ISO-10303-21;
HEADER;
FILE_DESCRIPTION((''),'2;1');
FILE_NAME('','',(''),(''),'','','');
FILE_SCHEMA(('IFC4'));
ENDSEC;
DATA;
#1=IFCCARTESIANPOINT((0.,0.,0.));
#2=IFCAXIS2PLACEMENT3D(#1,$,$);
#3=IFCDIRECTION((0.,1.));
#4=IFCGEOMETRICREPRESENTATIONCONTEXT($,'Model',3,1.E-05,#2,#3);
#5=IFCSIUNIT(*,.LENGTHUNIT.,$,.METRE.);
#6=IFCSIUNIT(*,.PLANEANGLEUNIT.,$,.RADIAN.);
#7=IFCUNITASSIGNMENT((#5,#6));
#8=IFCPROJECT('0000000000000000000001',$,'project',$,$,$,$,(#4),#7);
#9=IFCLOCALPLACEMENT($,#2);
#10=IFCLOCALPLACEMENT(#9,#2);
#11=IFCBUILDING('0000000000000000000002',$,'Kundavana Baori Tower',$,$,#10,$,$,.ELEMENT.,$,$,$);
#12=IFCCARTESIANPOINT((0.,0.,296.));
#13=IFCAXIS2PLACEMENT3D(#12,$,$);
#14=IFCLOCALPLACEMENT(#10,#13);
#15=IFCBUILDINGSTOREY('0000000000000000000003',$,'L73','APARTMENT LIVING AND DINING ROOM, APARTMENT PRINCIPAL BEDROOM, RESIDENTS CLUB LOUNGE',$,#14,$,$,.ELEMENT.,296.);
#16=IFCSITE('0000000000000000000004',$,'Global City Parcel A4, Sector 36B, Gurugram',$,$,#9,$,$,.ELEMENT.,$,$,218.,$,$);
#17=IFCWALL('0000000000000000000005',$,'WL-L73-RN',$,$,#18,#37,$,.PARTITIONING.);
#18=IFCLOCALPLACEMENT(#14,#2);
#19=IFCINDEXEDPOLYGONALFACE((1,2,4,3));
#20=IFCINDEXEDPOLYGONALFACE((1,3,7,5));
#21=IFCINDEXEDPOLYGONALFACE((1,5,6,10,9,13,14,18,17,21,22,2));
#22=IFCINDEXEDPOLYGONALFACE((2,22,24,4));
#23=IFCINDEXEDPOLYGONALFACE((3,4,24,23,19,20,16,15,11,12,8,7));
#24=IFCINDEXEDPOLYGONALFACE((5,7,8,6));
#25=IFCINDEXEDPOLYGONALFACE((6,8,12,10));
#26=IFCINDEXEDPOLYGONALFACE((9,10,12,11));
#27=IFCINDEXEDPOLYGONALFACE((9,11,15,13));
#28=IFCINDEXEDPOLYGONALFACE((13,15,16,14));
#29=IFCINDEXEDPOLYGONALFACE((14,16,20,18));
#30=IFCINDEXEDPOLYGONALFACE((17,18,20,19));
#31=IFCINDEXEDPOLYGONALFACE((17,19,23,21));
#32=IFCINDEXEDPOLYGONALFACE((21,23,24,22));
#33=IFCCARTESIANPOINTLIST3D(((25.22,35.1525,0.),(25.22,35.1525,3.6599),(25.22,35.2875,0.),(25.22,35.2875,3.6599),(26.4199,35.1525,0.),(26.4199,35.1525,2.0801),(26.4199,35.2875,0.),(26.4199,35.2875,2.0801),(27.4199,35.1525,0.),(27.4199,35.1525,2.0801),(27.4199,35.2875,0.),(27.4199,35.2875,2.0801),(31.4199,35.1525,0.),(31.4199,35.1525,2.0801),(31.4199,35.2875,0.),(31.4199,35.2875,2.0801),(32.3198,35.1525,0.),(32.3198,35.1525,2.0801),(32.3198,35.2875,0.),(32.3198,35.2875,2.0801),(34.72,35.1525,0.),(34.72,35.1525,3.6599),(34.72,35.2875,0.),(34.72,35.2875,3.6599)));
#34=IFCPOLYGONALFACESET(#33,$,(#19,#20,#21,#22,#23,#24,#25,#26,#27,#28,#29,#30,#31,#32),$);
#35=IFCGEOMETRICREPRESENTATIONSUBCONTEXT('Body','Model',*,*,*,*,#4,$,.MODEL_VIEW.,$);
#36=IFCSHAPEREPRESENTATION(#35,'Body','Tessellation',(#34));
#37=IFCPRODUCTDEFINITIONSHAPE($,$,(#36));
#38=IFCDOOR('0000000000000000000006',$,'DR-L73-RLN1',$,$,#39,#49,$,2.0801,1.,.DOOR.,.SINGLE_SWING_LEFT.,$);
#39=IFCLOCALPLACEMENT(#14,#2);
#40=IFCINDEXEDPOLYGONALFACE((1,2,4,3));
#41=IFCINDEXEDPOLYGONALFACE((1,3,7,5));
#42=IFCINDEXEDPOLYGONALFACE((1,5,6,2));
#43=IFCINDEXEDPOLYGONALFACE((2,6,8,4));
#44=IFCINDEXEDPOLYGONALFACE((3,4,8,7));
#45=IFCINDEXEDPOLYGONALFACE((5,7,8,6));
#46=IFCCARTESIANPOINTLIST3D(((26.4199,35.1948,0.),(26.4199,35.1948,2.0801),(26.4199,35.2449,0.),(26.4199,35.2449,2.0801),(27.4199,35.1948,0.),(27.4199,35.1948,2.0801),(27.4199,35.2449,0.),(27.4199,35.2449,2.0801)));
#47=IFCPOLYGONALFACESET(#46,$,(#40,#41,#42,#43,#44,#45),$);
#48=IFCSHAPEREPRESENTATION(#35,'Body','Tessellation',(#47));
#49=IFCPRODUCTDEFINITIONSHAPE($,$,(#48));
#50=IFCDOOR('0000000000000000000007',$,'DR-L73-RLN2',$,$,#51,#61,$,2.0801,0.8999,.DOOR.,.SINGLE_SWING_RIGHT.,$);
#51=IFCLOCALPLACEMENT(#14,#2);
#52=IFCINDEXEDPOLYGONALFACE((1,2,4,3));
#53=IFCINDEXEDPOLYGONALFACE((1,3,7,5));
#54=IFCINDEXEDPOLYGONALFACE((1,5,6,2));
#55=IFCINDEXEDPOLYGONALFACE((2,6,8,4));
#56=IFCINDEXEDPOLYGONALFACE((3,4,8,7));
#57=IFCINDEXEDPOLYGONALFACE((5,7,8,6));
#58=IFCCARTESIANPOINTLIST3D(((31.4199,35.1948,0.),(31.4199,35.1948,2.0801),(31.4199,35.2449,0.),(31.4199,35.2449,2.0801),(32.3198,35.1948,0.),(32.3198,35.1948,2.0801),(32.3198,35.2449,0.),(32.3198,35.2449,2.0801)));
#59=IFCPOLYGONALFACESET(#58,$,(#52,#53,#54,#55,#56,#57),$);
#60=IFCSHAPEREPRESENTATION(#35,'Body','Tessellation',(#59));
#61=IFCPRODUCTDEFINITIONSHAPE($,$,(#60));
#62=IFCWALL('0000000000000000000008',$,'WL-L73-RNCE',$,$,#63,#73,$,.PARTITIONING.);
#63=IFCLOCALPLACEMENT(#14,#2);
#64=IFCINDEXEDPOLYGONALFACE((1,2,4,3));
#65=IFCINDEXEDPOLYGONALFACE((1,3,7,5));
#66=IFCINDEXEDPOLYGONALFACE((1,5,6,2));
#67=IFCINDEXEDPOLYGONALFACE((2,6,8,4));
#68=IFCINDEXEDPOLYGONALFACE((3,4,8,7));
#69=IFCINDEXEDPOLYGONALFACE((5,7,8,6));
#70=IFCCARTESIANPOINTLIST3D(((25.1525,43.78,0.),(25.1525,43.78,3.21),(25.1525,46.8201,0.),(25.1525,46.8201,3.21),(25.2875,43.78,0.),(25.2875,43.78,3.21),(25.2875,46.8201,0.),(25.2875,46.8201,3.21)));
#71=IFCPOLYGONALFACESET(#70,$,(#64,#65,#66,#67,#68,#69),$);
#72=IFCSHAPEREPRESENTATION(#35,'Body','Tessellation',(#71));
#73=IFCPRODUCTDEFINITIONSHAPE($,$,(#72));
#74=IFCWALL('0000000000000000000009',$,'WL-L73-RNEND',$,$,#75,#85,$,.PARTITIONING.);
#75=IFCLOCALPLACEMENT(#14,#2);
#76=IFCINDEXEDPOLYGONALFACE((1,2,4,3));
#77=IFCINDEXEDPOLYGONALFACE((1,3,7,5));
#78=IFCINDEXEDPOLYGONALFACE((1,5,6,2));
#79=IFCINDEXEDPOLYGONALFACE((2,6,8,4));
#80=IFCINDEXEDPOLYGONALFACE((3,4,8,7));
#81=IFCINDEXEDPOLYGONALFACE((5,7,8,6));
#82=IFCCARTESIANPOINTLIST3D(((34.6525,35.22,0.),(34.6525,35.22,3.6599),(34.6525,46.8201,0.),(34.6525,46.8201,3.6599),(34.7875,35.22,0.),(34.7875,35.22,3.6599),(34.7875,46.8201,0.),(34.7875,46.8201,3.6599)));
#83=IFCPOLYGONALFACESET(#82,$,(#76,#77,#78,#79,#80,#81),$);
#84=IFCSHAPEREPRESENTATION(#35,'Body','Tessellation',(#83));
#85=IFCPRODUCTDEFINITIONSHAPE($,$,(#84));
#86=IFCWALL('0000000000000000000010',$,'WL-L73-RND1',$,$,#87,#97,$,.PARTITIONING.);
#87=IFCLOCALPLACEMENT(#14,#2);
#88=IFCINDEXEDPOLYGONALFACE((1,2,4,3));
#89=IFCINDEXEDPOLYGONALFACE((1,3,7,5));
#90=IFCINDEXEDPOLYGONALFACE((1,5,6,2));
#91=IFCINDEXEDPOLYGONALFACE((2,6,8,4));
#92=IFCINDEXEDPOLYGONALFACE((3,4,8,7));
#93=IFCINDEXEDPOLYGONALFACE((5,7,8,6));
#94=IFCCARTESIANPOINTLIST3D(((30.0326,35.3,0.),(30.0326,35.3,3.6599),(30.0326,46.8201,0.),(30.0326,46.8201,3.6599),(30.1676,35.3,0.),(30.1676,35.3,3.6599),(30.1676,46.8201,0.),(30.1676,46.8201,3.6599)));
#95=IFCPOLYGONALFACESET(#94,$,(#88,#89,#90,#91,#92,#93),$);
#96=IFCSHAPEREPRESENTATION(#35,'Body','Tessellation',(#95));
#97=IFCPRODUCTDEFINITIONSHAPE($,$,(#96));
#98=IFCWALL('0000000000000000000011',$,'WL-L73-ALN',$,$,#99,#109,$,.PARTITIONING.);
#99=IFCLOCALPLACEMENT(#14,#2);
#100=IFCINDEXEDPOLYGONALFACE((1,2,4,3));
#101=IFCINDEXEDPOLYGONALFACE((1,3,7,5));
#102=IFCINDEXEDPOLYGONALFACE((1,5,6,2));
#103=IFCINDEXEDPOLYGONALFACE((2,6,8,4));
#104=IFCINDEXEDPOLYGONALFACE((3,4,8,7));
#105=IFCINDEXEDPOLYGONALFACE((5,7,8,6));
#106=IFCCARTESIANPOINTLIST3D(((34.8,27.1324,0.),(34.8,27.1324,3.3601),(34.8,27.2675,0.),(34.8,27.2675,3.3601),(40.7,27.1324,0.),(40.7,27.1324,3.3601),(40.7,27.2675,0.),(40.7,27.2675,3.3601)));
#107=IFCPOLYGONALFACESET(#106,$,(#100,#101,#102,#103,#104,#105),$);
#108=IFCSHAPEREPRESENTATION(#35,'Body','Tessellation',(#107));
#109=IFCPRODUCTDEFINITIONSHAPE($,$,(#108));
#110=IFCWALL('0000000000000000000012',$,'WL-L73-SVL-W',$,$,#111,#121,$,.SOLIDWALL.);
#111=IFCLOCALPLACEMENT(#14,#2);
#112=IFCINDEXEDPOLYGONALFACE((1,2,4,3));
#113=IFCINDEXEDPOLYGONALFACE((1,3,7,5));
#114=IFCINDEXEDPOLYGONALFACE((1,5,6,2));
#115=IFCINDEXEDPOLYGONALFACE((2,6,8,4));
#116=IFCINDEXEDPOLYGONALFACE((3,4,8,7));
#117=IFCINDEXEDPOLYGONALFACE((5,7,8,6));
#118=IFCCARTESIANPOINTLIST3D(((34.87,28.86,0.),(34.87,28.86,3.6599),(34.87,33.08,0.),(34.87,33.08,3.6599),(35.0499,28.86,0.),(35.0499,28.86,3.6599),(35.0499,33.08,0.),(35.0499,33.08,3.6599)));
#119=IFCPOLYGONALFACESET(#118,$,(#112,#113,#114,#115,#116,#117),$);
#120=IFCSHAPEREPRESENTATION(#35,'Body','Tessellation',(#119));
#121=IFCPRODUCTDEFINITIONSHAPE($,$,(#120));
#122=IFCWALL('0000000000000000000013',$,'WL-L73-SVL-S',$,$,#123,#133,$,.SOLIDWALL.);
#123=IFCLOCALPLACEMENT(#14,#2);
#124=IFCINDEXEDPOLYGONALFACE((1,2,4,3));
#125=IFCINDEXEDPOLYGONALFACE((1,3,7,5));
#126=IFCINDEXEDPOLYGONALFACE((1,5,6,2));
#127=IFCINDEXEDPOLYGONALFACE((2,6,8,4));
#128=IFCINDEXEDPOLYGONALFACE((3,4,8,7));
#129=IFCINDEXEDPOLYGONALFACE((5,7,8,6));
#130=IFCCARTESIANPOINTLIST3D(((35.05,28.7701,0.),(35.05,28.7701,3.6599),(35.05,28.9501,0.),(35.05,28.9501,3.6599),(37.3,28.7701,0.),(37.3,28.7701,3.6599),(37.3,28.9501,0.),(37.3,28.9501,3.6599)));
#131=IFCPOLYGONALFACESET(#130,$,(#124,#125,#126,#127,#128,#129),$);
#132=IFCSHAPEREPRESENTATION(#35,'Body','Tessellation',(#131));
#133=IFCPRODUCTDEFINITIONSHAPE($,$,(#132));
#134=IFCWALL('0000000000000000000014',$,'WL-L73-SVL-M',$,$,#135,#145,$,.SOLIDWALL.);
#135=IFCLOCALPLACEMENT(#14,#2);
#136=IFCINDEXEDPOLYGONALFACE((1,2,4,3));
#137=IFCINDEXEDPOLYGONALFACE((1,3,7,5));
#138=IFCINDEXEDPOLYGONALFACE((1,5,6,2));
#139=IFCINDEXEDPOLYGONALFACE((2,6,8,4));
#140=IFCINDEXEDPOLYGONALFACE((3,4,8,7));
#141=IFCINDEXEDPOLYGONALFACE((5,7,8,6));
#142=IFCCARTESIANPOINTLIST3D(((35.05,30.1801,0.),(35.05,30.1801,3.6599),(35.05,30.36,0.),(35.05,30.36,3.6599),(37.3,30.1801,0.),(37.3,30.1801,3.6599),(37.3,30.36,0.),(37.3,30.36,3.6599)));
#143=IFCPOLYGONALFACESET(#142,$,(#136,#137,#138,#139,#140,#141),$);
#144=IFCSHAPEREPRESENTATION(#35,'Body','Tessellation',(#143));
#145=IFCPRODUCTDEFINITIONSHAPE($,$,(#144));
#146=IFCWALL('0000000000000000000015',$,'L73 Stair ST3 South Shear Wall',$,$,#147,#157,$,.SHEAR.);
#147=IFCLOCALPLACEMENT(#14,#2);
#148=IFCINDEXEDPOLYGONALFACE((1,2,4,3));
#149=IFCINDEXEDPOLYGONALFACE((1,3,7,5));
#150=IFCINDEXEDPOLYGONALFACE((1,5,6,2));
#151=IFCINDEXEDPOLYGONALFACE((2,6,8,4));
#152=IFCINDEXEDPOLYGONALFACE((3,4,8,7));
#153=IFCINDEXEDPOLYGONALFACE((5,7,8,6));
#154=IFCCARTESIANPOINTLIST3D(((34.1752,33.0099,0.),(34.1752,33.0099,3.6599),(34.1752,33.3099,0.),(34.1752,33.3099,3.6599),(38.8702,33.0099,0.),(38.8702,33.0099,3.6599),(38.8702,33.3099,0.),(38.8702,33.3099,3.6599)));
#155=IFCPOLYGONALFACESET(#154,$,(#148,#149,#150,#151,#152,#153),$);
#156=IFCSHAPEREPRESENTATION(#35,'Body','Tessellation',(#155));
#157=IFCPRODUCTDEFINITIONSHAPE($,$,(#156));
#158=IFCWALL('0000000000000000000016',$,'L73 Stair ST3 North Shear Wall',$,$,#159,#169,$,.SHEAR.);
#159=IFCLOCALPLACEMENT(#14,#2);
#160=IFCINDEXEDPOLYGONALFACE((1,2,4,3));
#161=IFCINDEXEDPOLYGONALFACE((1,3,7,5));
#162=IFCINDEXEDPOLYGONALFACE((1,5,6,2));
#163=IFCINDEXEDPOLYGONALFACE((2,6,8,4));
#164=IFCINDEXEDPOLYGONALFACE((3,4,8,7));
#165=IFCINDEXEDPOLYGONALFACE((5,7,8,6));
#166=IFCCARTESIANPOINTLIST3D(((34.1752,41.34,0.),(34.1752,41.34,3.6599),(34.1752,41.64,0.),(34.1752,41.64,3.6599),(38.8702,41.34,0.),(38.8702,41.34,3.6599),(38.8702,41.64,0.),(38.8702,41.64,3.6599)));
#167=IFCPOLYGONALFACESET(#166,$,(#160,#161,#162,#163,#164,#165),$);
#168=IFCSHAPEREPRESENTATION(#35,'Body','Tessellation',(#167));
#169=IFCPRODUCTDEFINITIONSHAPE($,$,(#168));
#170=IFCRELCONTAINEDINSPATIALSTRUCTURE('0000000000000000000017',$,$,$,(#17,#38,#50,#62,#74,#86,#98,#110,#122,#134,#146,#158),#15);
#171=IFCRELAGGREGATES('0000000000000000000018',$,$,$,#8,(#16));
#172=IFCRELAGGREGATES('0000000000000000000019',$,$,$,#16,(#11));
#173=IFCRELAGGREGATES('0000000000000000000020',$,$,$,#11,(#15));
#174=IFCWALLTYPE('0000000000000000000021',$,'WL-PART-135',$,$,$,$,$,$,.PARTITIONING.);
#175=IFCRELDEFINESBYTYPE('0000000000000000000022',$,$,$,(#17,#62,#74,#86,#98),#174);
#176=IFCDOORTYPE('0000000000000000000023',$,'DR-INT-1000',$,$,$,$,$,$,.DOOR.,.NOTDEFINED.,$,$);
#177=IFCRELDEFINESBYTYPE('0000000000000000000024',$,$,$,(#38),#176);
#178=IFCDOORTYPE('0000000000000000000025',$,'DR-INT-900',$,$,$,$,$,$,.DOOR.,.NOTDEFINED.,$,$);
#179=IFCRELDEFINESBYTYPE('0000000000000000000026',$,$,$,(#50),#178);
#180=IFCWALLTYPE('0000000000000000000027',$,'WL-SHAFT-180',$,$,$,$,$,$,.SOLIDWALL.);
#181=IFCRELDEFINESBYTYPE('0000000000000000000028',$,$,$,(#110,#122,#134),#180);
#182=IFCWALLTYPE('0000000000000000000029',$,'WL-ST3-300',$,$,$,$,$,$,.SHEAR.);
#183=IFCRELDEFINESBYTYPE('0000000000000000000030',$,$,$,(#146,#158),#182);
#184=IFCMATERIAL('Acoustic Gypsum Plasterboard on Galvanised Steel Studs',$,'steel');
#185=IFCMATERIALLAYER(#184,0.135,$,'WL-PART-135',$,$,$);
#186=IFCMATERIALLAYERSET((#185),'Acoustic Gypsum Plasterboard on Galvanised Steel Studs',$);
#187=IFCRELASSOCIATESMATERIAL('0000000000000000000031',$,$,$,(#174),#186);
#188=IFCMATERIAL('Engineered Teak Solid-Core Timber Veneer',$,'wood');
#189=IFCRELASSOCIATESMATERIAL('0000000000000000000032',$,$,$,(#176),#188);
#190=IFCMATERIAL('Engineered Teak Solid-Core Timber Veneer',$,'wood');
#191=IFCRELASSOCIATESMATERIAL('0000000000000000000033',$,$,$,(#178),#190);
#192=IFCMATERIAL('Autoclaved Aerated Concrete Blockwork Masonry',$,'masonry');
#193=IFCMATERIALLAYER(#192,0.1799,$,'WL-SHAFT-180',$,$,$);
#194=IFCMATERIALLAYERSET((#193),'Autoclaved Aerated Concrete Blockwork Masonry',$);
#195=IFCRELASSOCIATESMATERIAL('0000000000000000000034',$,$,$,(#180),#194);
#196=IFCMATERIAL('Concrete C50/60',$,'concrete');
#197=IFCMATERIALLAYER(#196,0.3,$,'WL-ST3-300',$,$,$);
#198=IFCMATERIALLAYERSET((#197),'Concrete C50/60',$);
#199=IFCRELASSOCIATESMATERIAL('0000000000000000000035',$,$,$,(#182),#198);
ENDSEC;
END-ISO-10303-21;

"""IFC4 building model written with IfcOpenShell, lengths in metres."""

from ifc_helpers import new_model, si_unit, direction, frame, frame_2d, origin, place, context, subcontext, project, spatial, rectangle, extrude, material, layer, layer_set, type_object, element, fill, save


model = new_model("IFC4")

# Units and contexts
model_context = context("Model", 3, precision=1e-05, world=origin(), true_north=direction((0.0, 1.0)))
body_context = subcontext(model_context, "Body", "Model", "MODEL_VIEW")
ifc_project = project(units=[si_unit("LENGTHUNIT", "METRE"), si_unit("PLANEANGLEUNIT", "RADIAN")], contexts=[model_context])

# Site, building, storey
site_placement = place(None, origin())
site = spatial("IfcSite", under=ifc_project, at=site_placement, Name="Global City Parcel A4, Sector 36B, Gurugram", CompositionType="ELEMENT", RefElevation=218.0)
building_placement = place(site_placement, origin())
building = spatial("IfcBuilding", under=site, at=building_placement, Name="Kundavana Baori Tower", CompositionType="ELEMENT")
storey_placement = place(building_placement, frame((0.0, 0.0, 296.0)))
storey = spatial("IfcBuildingStorey", under=building, at=storey_placement, Name="L73", Description="APARTMENT LIVING AND DINING ROOM, APARTMENT PRINCIPAL BEDROOM, RESIDENTS CLUB LOUNGE", CompositionType="ELEMENT", Elevation=296.0)

# Wall, openings, doors
ifc_material_1 = material(Name="Acoustic Gypsum Plasterboard on Galvanised Steel Studs", Category="steel")
ifc_layer_1 = layer(ifc_material_1, 0.135, Name="WL-PART-135")
ifc_layer_set_1 = layer_set([ifc_layer_1], Name="Acoustic Gypsum Plasterboard on Galvanised Steel Studs")
wall_type_1 = type_object("IfcWallType", Name="WL-PART-135", PredefinedType="PARTITIONING", material=ifc_layer_set_1)
wall_1_placement = place(storey_placement, frame((25.22, 35.22, 0.0), z_axis=(0.0, 0.0, 1.0), x_axis=(1.0, 0.0, 0.0)))
wall_1 = element("IfcWall", 1, at=wall_1_placement, inside=storey, type_object=wall_type_1, Name="WL-L73-RN", PredefinedType="PARTITIONING", context=body_context, shape_type="SweptSolid", body=[
    extrude(rectangle(XDim=9.5, YDim=0.135, at=frame_2d((4.75, 0.0))), origin(), (0.0, 0.0, 1.0), 3.6599),
])
opening_1_placement = place(wall_1_placement, frame((1.2, 0.0, 0.0)))
opening_1 = element("IfcOpeningElement", 2, at=opening_1_placement, cuts=wall_1, PredefinedType="OPENING", context=body_context, shape_type="SweptSolid", body=[
    extrude(rectangle(XDim=1.0, YDim=2.0801, at=frame_2d((0.5, 1.04))), frame((0.0, 0.0776, 0.0), z_axis=(0.0, -1.0, 0.0), x_axis=(1.0, 0.0, 0.0)), (0.0, 0.0, 1.0), 0.155),
])
opening_2_placement = place(wall_1_placement, frame((6.2, 0.0, 0.0)))
opening_2 = element("IfcOpeningElement", 3, at=opening_2_placement, cuts=wall_1, PredefinedType="OPENING", context=body_context, shape_type="SweptSolid", body=[
    extrude(rectangle(XDim=0.8999, YDim=2.0801, at=frame_2d((0.45, 1.04))), frame((0.0, 0.0776, 0.0), z_axis=(0.0, -1.0, 0.0), x_axis=(1.0, 0.0, 0.0)), (0.0, 0.0, 1.0), 0.155),
])
ifc_material_2 = material(Name="Engineered Teak Solid-Core Timber Veneer", Category="wood")
door_type_1 = type_object("IfcDoorType", Name="DR-INT-1000", OperationType="NOTDEFINED", PredefinedType="DOOR", material=ifc_material_2)
door_1_placement = place(opening_1_placement, origin())
door_1 = element("IfcDoor", 4, at=door_1_placement, inside=storey, type_object=door_type_1, Name="DR-L73-RLN1", OperationType="SINGLE_SWING_LEFT", OverallHeight=2.0801, OverallWidth=1.0, PredefinedType="DOOR", context=body_context, shape_type="SweptSolid", body=[
    extrude(rectangle(XDim=1.0, YDim=2.0801, at=frame_2d((0.5, 1.04))), frame((0.0, 0.0249, 0.0), z_axis=(0.0, -1.0, 0.0), x_axis=(1.0, 0.0, 0.0)), (0.0, 0.0, 1.0), 0.05),
])
fill(opening_1, door_1)
ifc_material_3 = material(Name="Engineered Teak Solid-Core Timber Veneer", Category="wood")
door_type_2 = type_object("IfcDoorType", Name="DR-INT-900", OperationType="NOTDEFINED", PredefinedType="DOOR", material=ifc_material_3)
door_2_placement = place(opening_2_placement, origin())
door_2 = element("IfcDoor", 5, at=door_2_placement, inside=storey, type_object=door_type_2, Name="DR-L73-RLN2", OperationType="SINGLE_SWING_RIGHT", OverallHeight=2.0801, OverallWidth=0.8999, PredefinedType="DOOR", context=body_context, shape_type="SweptSolid", body=[
    extrude(rectangle(XDim=0.8999, YDim=2.0801, at=frame_2d((0.45, 1.04))), frame((0.0, 0.0249, 0.0), z_axis=(0.0, -1.0, 0.0), x_axis=(1.0, 0.0, 0.0)), (0.0, 0.0, 1.0), 0.05),
])
fill(opening_2, door_2)

# Walls
wall_2_placement = place(storey_placement, frame((25.22, 43.78, 0.0), z_axis=(0.0, 0.0, 1.0), x_axis=(0.0, 1.0, 0.0)))
element("IfcWall", 6, at=wall_2_placement, inside=storey, type_object=wall_type_1, Name="WL-L73-RNCE", PredefinedType="PARTITIONING", context=body_context, shape_type="SweptSolid", body=[
    extrude(rectangle(XDim=3.04, YDim=0.135, at=frame_2d((1.52, 0.0))), origin(), (0.0, 0.0, 1.0), 3.21),
])
wall_3_placement = place(storey_placement, frame((34.72, 35.22, 0.0), z_axis=(0.0, 0.0, 1.0), x_axis=(0.0, 1.0, 0.0)))
element("IfcWall", 7, at=wall_3_placement, inside=storey, type_object=wall_type_1, Name="WL-L73-RNEND", PredefinedType="PARTITIONING", context=body_context, shape_type="SweptSolid", body=[
    extrude(rectangle(XDim=11.6001, YDim=0.135, at=frame_2d((5.8, 0.0))), origin(), (0.0, 0.0, 1.0), 3.6599),
])
wall_4_placement = place(storey_placement, frame((30.1001, 35.3, 0.0), z_axis=(0.0, 0.0, 1.0), x_axis=(0.0, 1.0, 0.0)))
element("IfcWall", 8, at=wall_4_placement, inside=storey, type_object=wall_type_1, Name="WL-L73-RND1", PredefinedType="PARTITIONING", context=body_context, shape_type="SweptSolid", body=[
    extrude(rectangle(XDim=11.52, YDim=0.135, at=frame_2d((5.76, 0.0))), origin(), (0.0, 0.0, 1.0), 3.6599),
])
wall_5_placement = place(storey_placement, frame((34.8, 27.2, 0.0), z_axis=(0.0, 0.0, 1.0), x_axis=(1.0, 0.0, 0.0)))
element("IfcWall", 9, at=wall_5_placement, inside=storey, type_object=wall_type_1, Name="WL-L73-ALN", PredefinedType="PARTITIONING", context=body_context, shape_type="SweptSolid", body=[
    extrude(rectangle(XDim=5.8999, YDim=0.135, at=frame_2d((2.95, 0.0))), origin(), (0.0, 0.0, 1.0), 3.3601),
])
ifc_material_4 = material(Name="Autoclaved Aerated Concrete Blockwork Masonry", Category="masonry")
ifc_layer_2 = layer(ifc_material_4, 0.1799, Name="WL-SHAFT-180")
ifc_layer_set_2 = layer_set([ifc_layer_2], Name="Autoclaved Aerated Concrete Blockwork Masonry")
wall_type_2 = type_object("IfcWallType", Name="WL-SHAFT-180", PredefinedType="SOLIDWALL", material=ifc_layer_set_2)
wall_6_placement = place(storey_placement, frame((34.96, 28.8601, 0.0), z_axis=(0.0, 0.0, 1.0), x_axis=(0.0, 1.0, 0.0)))
element("IfcWall", 10, at=wall_6_placement, inside=storey, type_object=wall_type_2, Name="WL-L73-SVL-W", PredefinedType="SOLIDWALL", context=body_context, shape_type="SweptSolid", body=[
    extrude(rectangle(XDim=4.22, YDim=0.1799, at=frame_2d((2.1099, 0.0))), origin(), (0.0, 0.0, 1.0), 3.6599),
])
for number, where, z_axis, x_axis, name in (
    (11, (35.05, 28.8601, 0.0), (0.0, 0.0, 1.0), (1.0, 0.0, 0.0), "WL-L73-SVL-S"),
    (12, (35.05, 30.27, 0.0), (0.0, 0.0, 1.0), (1.0, 0.0, 0.0), "WL-L73-SVL-M"),
):
    element("IfcWall", number, at=place(storey_placement, frame(where, z_axis=z_axis, x_axis=x_axis)), inside=storey, type_object=wall_type_2, Name=name, PredefinedType="SOLIDWALL", context=body_context, shape_type="SweptSolid", body=[
        extrude(rectangle(XDim=2.25, YDim=0.1799, at=frame_2d((1.125, 0.0))), origin(), (0.0, 0.0, 1.0), 3.6599),
    ])
ifc_material_5 = material(Name="Concrete C50/60", Category="concrete")
ifc_layer_3 = layer(ifc_material_5, 0.3, Name="WL-ST3-300")
ifc_layer_set_3 = layer_set([ifc_layer_3], Name="Concrete C50/60")
wall_type_3 = type_object("IfcWallType", Name="WL-ST3-300", PredefinedType="SHEAR", material=ifc_layer_set_3)
for number, where, z_axis, x_axis, name in (
    (13, (34.175, 33.1599, 0.0), (0.0, 0.0, 1.0), (1.0, 0.0, 0.0), "L73 Stair ST3 South Shear Wall"),
    (14, (34.175, 41.49, 0.0), (0.0, 0.0, 1.0), (1.0, 0.0, 0.0), "L73 Stair ST3 North Shear Wall"),
):
    element("IfcWall", number, at=place(storey_placement, frame(where, z_axis=z_axis, x_axis=x_axis)), inside=storey, type_object=wall_type_3, Name=name, PredefinedType="SHEAR", context=body_context, shape_type="SweptSolid", body=[
        extrude(rectangle(XDim=4.6951, YDim=0.3, at=frame_2d((2.3477, 0.0))), origin(), (0.0, 0.0, 1.0), 3.6599),
    ])

save(model, "model.ifc")
